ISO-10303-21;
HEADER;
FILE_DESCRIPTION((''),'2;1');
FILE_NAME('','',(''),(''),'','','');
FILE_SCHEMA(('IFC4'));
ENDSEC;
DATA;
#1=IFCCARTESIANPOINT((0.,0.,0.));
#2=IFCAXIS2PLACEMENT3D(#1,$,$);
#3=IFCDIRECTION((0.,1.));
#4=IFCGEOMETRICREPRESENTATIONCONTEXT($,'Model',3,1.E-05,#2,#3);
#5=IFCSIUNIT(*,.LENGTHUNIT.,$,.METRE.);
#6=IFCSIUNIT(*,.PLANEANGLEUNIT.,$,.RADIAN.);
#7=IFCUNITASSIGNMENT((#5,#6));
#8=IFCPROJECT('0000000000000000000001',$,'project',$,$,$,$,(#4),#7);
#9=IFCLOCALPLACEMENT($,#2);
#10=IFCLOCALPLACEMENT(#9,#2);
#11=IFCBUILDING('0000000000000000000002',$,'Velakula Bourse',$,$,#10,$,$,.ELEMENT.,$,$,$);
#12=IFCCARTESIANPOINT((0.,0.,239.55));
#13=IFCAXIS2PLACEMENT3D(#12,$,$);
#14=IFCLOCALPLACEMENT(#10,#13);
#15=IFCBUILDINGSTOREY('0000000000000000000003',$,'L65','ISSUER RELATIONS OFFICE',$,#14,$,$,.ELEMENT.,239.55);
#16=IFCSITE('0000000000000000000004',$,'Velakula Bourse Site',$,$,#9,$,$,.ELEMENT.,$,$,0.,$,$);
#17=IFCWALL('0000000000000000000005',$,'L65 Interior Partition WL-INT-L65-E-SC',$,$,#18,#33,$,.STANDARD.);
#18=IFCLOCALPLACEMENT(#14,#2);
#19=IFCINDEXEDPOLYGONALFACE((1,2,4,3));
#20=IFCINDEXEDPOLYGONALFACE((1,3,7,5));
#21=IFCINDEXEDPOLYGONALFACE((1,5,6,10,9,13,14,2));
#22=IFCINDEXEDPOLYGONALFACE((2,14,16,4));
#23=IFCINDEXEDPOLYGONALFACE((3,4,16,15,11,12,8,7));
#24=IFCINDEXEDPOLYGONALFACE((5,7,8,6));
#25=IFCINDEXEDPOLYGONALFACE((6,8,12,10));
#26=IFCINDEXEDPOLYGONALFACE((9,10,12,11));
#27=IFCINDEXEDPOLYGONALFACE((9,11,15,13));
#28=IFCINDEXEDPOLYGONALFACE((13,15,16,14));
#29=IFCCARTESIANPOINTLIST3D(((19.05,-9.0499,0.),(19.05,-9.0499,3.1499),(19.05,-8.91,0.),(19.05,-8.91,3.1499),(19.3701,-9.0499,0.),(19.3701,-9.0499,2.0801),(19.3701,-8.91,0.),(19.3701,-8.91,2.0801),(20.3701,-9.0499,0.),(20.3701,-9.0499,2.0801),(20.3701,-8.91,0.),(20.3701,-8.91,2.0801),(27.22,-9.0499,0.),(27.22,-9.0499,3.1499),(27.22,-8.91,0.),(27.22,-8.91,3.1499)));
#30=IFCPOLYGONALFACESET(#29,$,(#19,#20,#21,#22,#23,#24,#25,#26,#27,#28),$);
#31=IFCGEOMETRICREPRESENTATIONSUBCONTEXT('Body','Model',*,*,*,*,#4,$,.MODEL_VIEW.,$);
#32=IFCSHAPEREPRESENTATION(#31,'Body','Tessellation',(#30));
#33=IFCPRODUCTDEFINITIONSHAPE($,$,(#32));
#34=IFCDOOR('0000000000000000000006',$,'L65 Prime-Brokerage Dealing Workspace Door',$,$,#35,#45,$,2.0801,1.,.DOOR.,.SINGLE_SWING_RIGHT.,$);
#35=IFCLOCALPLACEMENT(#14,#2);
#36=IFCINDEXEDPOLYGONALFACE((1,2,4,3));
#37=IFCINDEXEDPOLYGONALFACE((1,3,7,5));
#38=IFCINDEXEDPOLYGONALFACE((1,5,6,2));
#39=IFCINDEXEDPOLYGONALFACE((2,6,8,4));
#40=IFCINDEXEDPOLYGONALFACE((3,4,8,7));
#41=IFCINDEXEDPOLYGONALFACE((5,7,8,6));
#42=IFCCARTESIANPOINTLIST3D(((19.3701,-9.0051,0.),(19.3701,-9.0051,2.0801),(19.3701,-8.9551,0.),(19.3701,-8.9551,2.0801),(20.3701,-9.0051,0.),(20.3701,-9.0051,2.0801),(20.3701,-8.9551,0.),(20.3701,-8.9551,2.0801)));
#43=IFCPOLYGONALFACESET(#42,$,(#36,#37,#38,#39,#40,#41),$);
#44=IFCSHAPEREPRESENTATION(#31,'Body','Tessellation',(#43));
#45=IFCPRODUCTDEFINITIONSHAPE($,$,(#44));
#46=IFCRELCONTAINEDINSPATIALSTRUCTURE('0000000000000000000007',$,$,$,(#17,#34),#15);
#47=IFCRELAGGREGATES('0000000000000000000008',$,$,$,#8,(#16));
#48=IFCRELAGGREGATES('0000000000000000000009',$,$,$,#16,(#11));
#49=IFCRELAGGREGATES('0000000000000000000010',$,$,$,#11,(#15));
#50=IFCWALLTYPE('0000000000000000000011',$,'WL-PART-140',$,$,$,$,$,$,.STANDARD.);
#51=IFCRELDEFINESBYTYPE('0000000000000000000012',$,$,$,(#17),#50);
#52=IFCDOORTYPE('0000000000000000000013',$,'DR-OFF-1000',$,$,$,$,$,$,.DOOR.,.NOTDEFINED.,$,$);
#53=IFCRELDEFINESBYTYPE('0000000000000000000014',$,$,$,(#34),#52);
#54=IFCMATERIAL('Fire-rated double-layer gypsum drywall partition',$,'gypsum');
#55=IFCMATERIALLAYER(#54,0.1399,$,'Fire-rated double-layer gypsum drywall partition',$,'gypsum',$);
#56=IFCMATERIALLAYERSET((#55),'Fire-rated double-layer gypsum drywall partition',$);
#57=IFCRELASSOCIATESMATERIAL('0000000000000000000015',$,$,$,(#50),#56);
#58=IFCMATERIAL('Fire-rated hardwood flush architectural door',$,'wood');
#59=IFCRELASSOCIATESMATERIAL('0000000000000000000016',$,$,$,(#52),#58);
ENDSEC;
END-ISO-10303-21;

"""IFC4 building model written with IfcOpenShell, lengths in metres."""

from ifc_helpers import new_model, si_unit, direction, frame, frame_2d, origin, place, context, subcontext, project, spatial, rectangle, extrude, material, layer, layer_set, type_object, element, fill, save


model = new_model("IFC4")

# Units and contexts
model_context = context("Model", 3, precision=1e-05, world=origin(), true_north=direction((0.0, 1.0)))
body_context = subcontext(model_context, "Body", "Model", "MODEL_VIEW")
ifc_project = project(units=[si_unit("LENGTHUNIT", "METRE"), si_unit("PLANEANGLEUNIT", "RADIAN")], contexts=[model_context])

# Site, building, storey
site_placement = place(None, origin())
site = spatial("IfcSite", under=ifc_project, at=site_placement, Name="Velakula Bourse Site", CompositionType="ELEMENT", RefElevation=0.0)
building_placement = place(site_placement, origin())
building = spatial("IfcBuilding", under=site, at=building_placement, Name="Velakula Bourse", CompositionType="ELEMENT")
storey_placement = place(building_placement, frame((0.0, 0.0, 239.55)))
storey = spatial("IfcBuildingStorey", under=building, at=storey_placement, Name="L65", Description="ISSUER RELATIONS OFFICE", CompositionType="ELEMENT", Elevation=239.55)

# Shared definitions
ifc_material_1 = material(Name="Fire-rated double-layer gypsum drywall partition", Category="gypsum")

# Wall, opening, door
ifc_layer_1 = layer(ifc_material_1, 0.1399, Name="Fire-rated double-layer gypsum drywall partition", Category="gypsum")
ifc_layer_set_1 = layer_set([ifc_layer_1], Name="Fire-rated double-layer gypsum drywall partition")
wall_type_1 = type_object("IfcWallType", Name="WL-PART-140", PredefinedType="STANDARD", material=ifc_layer_set_1)
wall_1_placement = place(storey_placement, frame((19.05, -8.98, 0.0), z_axis=(0.0, 0.0, 1.0), x_axis=(1.0, 0.0, 0.0)))
wall_1 = element("IfcWall", 1, at=wall_1_placement, inside=storey, type_object=wall_type_1, Name="L65 Interior Partition WL-INT-L65-E-SC", PredefinedType="STANDARD", context=body_context, shape_type="SweptSolid", body=[
    extrude(rectangle(XDim=8.1699, YDim=0.1399, at=frame_2d((4.085, 0.0))), origin(), (0.0, 0.0, 1.0), 3.1499),
])
opening_placement = place(wall_1_placement, frame((0.3201, 0.0, 0.0)))
opening = element("IfcOpeningElement", 2, at=opening_placement, cuts=wall_1, PredefinedType="OPENING", context=body_context, shape_type="SweptSolid", body=[
    extrude(rectangle(XDim=1.0, YDim=2.0801, at=frame_2d((0.5, 1.04))), frame((0.0, 0.0798, 0.0), z_axis=(0.0, -1.0, 0.0), x_axis=(1.0, 0.0, 0.0)), (0.0, 0.0, 1.0), 0.1599),
])
ifc_material_2 = material(Name="Fire-rated hardwood flush architectural door", Category="wood")
door_type = type_object("IfcDoorType", Name="DR-OFF-1000", OperationType="NOTDEFINED", PredefinedType="DOOR", material=ifc_material_2)
door_placement = place(opening_placement, origin())
door = element("IfcDoor", 3, at=door_placement, inside=storey, type_object=door_type, Name="L65 Prime-Brokerage Dealing Workspace Door", OperationType="SINGLE_SWING_RIGHT", OverallHeight=2.0801, OverallWidth=1.0, PredefinedType="DOOR", context=body_context, shape_type="SweptSolid", body=[
    extrude(rectangle(XDim=1.0, YDim=2.0801, at=frame_2d((0.5, 1.04))), frame((0.0, 0.0249, 0.0), z_axis=(0.0, -1.0, 0.0), x_axis=(1.0, 0.0, 0.0)), (0.0, 0.0, 1.0), 0.05),
])
fill(opening, door)

save(model, "model.ifc")
